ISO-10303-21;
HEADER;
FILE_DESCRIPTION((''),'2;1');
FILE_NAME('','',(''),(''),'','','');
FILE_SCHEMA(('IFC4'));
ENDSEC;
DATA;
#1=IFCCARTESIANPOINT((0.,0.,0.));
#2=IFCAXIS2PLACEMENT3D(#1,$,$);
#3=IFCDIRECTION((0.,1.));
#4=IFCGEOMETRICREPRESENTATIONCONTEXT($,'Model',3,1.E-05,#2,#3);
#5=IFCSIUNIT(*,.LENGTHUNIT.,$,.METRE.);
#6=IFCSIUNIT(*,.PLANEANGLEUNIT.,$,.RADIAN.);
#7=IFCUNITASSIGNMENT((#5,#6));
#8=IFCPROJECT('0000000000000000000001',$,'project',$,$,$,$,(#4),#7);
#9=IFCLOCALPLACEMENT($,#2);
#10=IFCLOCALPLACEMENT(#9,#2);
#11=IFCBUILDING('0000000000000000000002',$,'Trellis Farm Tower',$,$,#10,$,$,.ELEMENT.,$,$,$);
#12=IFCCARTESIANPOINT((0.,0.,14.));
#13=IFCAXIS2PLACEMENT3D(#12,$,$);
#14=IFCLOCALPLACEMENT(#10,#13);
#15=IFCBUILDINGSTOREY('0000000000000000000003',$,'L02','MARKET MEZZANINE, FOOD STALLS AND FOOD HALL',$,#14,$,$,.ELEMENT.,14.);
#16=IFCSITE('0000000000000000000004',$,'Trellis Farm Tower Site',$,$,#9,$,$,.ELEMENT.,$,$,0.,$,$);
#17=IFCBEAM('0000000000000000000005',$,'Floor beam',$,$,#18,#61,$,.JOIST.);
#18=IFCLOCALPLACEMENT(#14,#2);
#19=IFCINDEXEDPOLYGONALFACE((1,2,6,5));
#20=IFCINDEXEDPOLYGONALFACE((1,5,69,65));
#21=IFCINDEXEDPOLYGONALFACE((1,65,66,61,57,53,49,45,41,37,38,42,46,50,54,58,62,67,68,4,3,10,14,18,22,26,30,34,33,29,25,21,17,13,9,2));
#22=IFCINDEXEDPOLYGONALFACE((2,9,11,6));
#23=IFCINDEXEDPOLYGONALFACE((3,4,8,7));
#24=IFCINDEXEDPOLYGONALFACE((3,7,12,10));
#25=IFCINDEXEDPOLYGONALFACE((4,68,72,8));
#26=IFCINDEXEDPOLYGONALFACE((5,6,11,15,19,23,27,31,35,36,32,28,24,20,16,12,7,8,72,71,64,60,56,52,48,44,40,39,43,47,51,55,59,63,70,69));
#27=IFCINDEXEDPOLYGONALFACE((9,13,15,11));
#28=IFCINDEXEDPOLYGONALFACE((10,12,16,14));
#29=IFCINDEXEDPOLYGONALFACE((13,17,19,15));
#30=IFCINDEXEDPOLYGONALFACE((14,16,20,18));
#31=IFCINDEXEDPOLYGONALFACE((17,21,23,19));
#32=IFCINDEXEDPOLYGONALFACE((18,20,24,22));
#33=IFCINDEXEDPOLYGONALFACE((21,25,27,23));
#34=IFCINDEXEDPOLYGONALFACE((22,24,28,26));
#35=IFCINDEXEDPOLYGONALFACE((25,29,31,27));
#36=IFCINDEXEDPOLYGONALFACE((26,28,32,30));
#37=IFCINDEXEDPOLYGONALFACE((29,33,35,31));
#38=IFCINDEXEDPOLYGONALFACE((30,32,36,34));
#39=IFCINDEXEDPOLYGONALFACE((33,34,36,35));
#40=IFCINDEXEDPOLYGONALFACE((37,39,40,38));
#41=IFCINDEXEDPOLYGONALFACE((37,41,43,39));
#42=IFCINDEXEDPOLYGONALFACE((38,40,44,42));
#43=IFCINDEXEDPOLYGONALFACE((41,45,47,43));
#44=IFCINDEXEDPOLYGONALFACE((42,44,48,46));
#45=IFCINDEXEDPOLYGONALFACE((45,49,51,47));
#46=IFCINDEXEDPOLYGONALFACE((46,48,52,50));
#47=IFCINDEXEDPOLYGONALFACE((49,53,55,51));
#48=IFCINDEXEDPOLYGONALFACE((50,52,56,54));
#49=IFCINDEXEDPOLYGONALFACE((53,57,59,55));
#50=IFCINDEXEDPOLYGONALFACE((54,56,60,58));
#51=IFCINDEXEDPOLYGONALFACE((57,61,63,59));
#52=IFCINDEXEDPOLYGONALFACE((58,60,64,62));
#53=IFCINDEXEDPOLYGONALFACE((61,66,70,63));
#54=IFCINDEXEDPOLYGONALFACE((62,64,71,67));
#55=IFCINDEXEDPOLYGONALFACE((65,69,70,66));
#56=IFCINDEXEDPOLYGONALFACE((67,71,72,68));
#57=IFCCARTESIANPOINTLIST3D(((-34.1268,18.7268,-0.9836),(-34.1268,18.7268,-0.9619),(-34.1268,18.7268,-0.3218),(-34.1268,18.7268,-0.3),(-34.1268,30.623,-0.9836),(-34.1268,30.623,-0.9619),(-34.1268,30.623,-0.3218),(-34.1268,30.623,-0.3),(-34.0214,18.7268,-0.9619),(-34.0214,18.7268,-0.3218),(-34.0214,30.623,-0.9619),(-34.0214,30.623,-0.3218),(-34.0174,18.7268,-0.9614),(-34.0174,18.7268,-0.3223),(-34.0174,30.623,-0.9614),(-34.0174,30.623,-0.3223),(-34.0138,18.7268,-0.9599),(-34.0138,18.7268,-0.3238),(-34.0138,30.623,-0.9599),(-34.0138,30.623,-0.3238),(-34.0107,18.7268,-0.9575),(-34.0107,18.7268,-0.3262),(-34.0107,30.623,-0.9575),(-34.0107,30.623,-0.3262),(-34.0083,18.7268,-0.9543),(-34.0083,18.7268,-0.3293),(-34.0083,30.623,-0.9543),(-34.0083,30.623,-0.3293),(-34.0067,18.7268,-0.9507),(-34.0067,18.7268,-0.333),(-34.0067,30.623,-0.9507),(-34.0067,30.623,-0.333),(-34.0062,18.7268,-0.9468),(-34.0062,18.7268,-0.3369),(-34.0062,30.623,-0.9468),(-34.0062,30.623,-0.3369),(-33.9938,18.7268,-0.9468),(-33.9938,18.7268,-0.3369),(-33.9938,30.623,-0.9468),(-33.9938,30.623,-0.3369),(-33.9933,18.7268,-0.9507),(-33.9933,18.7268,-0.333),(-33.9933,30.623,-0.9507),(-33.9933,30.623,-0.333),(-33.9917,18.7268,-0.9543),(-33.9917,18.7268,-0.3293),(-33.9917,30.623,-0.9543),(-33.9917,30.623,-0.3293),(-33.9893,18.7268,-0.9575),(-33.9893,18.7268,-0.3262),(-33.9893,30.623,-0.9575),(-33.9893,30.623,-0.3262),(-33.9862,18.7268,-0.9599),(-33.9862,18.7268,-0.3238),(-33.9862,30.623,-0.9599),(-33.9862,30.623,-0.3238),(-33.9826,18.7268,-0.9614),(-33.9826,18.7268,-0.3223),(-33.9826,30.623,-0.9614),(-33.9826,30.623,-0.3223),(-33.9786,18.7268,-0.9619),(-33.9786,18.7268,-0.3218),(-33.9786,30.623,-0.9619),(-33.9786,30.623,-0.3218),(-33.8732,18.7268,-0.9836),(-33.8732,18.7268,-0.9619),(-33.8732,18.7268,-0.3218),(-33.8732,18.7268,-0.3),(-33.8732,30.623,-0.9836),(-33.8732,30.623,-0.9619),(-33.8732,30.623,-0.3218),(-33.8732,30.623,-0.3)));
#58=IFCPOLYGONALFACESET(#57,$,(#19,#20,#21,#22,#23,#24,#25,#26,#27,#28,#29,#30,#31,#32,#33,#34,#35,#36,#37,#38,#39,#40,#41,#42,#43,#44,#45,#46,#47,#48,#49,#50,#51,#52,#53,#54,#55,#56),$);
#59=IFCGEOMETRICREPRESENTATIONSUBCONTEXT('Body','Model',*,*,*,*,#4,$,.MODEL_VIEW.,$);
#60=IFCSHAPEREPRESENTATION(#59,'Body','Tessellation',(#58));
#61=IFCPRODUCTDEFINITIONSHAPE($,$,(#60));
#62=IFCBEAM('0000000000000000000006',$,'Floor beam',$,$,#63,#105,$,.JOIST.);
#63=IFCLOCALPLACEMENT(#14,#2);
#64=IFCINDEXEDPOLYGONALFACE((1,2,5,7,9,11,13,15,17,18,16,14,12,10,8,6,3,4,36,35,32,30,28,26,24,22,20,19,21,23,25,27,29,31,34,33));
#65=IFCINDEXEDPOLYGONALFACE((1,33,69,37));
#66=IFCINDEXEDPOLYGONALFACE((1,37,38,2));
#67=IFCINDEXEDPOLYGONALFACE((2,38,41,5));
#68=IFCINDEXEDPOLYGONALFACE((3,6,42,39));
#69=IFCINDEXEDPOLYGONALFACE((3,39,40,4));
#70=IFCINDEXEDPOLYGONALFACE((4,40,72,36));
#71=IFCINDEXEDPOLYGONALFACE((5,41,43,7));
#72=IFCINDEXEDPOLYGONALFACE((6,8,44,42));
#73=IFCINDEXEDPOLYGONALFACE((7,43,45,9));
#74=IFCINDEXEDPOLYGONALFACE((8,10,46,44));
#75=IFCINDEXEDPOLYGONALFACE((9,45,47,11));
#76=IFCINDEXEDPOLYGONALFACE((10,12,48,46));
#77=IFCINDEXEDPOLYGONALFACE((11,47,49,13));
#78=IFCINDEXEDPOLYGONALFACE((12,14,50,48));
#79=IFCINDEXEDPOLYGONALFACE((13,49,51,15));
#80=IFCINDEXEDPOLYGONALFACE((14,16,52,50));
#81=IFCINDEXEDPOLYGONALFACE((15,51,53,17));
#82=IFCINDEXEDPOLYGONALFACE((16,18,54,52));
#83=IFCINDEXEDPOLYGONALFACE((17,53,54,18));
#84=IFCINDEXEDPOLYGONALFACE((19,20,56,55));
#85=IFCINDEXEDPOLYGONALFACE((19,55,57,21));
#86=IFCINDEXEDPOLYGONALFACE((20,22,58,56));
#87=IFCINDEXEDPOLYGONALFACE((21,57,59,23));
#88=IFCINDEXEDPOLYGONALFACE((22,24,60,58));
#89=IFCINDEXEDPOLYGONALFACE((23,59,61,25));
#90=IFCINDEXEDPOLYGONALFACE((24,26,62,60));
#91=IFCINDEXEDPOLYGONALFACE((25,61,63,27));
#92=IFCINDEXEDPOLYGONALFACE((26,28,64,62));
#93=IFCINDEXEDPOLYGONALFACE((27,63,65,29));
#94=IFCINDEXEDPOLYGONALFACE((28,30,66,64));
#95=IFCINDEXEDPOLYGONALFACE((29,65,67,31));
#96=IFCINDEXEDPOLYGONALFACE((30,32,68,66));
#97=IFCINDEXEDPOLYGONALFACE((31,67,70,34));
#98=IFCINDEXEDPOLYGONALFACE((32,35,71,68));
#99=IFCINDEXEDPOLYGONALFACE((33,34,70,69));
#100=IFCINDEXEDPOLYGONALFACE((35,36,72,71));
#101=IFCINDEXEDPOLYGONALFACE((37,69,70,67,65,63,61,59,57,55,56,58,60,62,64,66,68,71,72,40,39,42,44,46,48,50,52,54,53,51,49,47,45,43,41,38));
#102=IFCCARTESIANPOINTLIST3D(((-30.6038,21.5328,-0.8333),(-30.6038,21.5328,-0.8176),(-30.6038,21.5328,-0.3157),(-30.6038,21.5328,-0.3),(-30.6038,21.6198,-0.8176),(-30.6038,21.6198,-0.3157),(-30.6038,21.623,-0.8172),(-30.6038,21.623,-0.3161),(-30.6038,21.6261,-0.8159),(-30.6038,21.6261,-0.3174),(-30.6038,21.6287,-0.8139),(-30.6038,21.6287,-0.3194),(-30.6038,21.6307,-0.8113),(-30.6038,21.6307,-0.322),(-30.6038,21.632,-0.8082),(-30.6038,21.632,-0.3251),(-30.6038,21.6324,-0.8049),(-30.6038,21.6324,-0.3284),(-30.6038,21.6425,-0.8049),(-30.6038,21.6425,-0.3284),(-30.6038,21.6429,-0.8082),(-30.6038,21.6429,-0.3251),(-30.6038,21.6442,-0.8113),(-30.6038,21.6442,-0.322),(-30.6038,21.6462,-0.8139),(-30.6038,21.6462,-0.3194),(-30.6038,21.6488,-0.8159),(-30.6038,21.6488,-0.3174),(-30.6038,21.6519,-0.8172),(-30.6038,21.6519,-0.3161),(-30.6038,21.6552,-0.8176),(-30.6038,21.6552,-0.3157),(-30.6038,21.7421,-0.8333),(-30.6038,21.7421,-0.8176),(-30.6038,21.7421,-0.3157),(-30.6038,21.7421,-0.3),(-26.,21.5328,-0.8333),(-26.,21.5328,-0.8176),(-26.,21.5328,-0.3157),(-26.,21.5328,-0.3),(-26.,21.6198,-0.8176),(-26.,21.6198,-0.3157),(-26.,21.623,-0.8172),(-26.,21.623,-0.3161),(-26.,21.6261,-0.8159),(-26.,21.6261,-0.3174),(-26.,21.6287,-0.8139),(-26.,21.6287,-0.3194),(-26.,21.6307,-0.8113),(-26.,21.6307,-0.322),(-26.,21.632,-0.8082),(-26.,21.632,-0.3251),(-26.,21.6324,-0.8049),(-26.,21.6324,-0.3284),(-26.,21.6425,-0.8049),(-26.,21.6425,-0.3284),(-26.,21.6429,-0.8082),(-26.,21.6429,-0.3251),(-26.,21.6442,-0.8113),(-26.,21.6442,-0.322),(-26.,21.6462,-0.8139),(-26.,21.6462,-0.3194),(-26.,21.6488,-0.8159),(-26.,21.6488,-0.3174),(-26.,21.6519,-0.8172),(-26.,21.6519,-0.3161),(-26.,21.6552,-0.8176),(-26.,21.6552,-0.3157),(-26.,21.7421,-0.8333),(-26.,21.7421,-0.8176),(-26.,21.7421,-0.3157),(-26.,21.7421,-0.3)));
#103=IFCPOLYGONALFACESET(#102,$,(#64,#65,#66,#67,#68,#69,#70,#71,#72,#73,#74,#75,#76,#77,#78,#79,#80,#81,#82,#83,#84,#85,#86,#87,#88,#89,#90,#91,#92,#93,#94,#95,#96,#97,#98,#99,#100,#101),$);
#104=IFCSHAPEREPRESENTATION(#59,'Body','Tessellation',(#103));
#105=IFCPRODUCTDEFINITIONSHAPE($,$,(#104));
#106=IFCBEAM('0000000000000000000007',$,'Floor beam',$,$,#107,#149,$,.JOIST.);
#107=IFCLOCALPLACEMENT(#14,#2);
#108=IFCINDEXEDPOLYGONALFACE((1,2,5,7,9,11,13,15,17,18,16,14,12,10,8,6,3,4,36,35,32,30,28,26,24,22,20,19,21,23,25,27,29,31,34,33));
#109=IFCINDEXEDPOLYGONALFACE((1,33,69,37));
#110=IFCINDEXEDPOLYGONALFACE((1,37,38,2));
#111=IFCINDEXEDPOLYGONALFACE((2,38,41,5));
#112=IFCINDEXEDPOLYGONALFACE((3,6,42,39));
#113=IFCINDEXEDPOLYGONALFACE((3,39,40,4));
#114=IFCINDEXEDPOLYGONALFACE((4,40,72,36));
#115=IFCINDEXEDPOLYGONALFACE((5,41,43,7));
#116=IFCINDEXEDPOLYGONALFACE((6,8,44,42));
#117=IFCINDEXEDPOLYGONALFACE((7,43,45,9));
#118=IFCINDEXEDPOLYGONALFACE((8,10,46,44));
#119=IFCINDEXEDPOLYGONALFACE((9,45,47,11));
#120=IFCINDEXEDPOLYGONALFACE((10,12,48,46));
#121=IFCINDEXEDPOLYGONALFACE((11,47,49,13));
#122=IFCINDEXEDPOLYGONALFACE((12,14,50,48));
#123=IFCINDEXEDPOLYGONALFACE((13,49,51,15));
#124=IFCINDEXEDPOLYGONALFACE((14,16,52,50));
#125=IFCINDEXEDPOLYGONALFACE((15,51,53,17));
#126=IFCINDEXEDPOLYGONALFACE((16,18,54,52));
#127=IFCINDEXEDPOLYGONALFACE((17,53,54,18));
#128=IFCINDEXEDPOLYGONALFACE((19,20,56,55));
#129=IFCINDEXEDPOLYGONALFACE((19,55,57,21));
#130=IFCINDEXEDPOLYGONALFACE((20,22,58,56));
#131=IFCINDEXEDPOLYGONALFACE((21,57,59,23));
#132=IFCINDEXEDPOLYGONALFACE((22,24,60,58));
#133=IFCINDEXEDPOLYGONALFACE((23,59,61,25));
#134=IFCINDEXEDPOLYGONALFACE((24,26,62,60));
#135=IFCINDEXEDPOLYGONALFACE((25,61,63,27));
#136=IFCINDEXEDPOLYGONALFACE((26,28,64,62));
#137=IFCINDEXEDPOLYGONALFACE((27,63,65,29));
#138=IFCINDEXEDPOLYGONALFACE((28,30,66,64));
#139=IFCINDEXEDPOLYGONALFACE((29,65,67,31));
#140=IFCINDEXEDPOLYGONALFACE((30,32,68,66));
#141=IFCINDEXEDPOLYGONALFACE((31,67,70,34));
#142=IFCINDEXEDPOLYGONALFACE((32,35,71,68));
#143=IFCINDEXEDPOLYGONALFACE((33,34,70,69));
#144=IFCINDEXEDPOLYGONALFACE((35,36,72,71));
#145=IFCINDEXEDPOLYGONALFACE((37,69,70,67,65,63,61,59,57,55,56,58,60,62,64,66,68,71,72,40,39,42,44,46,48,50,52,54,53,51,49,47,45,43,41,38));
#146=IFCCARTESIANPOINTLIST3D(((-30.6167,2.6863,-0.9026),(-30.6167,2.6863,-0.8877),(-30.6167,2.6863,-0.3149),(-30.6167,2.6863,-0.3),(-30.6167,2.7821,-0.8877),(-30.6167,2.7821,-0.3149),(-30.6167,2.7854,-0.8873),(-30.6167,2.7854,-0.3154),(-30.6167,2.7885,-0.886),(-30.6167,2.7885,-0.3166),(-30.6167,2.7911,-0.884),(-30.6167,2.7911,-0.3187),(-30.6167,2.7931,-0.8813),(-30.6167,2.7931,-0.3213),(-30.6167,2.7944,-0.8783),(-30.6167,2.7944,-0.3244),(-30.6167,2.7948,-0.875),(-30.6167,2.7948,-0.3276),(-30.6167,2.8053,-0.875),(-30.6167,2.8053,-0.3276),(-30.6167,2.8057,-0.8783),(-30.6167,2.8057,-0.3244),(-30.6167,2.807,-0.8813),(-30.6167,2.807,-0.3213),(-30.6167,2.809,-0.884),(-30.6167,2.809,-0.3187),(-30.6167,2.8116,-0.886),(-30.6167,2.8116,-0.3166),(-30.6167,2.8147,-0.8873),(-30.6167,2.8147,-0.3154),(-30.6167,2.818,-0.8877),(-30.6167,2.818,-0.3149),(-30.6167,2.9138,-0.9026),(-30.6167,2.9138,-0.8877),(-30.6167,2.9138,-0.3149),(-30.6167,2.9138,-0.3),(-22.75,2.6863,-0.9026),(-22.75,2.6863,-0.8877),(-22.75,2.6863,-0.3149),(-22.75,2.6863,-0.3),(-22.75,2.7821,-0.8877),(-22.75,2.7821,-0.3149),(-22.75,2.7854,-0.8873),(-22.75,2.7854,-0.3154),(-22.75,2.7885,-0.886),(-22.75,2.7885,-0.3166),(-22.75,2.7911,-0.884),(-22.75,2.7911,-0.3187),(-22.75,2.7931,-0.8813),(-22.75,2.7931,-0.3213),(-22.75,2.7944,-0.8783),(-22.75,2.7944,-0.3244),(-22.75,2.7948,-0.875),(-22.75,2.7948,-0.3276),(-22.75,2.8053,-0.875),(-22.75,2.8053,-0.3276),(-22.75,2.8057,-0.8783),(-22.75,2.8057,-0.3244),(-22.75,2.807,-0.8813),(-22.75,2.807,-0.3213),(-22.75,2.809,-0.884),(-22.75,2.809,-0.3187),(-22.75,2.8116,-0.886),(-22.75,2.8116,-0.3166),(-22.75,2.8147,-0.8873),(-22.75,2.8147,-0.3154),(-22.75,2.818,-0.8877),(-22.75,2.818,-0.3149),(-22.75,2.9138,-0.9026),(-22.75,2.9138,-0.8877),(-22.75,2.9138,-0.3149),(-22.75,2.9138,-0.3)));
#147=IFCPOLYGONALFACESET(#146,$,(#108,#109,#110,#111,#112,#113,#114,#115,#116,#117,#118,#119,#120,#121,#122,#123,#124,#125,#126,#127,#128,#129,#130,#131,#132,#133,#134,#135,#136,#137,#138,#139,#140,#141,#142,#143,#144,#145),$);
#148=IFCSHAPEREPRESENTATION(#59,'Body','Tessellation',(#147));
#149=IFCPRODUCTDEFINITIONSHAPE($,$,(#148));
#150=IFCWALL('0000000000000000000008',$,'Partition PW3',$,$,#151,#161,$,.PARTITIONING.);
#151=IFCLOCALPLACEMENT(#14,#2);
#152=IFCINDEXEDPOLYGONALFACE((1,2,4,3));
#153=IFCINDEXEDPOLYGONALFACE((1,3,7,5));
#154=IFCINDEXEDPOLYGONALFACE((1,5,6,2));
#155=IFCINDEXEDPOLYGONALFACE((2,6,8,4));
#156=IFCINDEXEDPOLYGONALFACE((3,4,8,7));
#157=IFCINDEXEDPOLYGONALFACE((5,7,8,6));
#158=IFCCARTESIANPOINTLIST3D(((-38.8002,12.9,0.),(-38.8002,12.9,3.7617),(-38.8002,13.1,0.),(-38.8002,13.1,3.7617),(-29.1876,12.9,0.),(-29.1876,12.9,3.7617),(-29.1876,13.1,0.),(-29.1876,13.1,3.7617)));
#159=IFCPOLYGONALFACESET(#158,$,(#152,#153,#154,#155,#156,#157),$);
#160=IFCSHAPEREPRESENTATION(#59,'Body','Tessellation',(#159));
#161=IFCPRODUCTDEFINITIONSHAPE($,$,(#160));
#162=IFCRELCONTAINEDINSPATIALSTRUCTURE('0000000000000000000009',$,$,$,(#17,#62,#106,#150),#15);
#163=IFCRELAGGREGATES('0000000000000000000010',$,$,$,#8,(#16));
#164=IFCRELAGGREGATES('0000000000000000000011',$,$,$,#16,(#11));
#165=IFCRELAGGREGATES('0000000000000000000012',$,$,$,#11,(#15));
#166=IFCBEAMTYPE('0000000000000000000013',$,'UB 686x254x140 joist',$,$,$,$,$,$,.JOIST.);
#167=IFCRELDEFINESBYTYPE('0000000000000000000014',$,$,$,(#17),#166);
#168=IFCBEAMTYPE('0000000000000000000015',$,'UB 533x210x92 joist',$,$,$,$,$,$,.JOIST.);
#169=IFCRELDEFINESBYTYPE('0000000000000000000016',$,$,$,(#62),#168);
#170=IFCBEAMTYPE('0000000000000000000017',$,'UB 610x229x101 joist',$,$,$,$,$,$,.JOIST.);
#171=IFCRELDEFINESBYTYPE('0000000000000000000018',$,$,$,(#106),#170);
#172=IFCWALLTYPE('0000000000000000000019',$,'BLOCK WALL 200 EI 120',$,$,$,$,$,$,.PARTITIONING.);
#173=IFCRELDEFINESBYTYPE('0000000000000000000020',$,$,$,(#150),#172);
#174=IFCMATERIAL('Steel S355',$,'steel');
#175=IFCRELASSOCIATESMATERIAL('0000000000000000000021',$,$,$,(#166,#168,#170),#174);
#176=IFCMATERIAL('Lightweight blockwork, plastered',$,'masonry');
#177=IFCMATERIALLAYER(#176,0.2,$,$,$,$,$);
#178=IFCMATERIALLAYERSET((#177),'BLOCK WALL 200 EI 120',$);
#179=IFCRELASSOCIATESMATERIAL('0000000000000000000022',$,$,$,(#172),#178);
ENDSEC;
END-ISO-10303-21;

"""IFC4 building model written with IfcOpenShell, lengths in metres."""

from ifc_helpers import new_model, si_unit, direction, frame, frame_2d, origin, origin_2d, place, context, subcontext, project, spatial, rectangle, i_section, extrude, source, transform, mapped, material, layer, layer_set, material_profile, profile_set, type_object, element, save


model = new_model("IFC4")

# Units and contexts
model_context = context("Model", 3, precision=1e-05, world=origin(), true_north=direction((0.0, 1.0)))
body_context = subcontext(model_context, "Body", "Model", "MODEL_VIEW")
ifc_project = project(units=[si_unit("LENGTHUNIT", "METRE"), si_unit("PLANEANGLEUNIT", "RADIAN")], contexts=[model_context])

# Site, building, storey
site_placement = place(None, origin())
site = spatial("IfcSite", under=ifc_project, at=site_placement, Name="Trellis Farm Tower Site", CompositionType="ELEMENT", RefElevation=0.0)
building_placement = place(site_placement, origin())
building = spatial("IfcBuilding", under=site, at=building_placement, Name="Trellis Farm Tower", CompositionType="ELEMENT")
storey_placement = place(building_placement, frame((0.0, 0.0, 14.0)))
storey = spatial("IfcBuildingStorey", under=building, at=storey_placement, Name="L02", Description="MARKET MEZZANINE, FOOD STALLS AND FOOD HALL", CompositionType="ELEMENT", Elevation=14.0)

# Beams
ifc_material_1 = material(Name="Steel S355", Category="steel")
ifc_material_profile_1 = material_profile(ifc_material_1, i_section(OverallWidth=0.2537, OverallDepth=0.6836, WebThickness=0.0125, FlangeThickness=0.0217, FilletRadius=0.0151, at=origin_2d()), Name="UB 686x254x140")
ifc_profile_set_1 = profile_set([ifc_material_profile_1], Name="Steel S355")
beam_type_1 = type_object("IfcBeamType", Name="UB 686x254x140 joist", PredefinedType="JOIST", material=ifc_profile_set_1)
shared_shape_1 = source(origin(), body_context, "Body", "SweptSolid", [
    extrude(i_section(OverallWidth=0.2537, OverallDepth=0.6836, WebThickness=0.0125, FlangeThickness=0.0217, FilletRadius=0.0151, at=origin_2d()), origin(), (0.0, 0.0, 1.0), 11.8962),
])
for number, where, z_axis, x_axis, name in (
    (1, (-34.0, 18.7268, -0.6418), (0.0, 1.0, 0.0), (-1.0, 0.0, 0.0), "Floor beam"),
):
    element("IfcBeam", number, at=place(storey_placement, frame(where, z_axis=z_axis, x_axis=x_axis)), inside=storey, type_object=beam_type_1, Name=name, PredefinedType="JOIST", context=body_context, shape_type="MappedRepresentation", body=[
        mapped(shared_shape_1, transform((0.0, 0.0, 0.0))),
    ])
ifc_material_profile_2 = material_profile(ifc_material_1, i_section(OverallWidth=0.2092, OverallDepth=0.5332, WebThickness=0.01, FlangeThickness=0.0156, FilletRadius=0.0127, at=origin_2d()), Name="UB 533x210x92")
ifc_profile_set_2 = profile_set([ifc_material_profile_2], Name="Steel S355")
beam_type_2 = type_object("IfcBeamType", Name="UB 533x210x92 joist", PredefinedType="JOIST", material=ifc_profile_set_2)
shared_shape_2 = source(origin(), body_context, "Body", "SweptSolid", [
    extrude(i_section(OverallWidth=0.2092, OverallDepth=0.5332, WebThickness=0.01, FlangeThickness=0.0156, FilletRadius=0.0127, at=origin_2d()), origin(), (0.0, 0.0, 1.0), 4.6038),
])
beam_1_placement = place(storey_placement, frame((-30.6038, 21.6375, -0.5667), z_axis=(1.0, 0.0, 0.0), x_axis=(0.0, 1.0, 0.0)))
element("IfcBeam", 2, at=beam_1_placement, inside=storey, type_object=beam_type_2, Name="Floor beam", PredefinedType="JOIST", context=body_context, shape_type="MappedRepresentation", body=[
    mapped(shared_shape_2, transform((0.0, 0.0, 0.0))),
])
ifc_material_profile_3 = material_profile(ifc_material_1, i_section(OverallWidth=0.2275, OverallDepth=0.6025, WebThickness=0.0105, FlangeThickness=0.0149, FilletRadius=0.0127, at=origin_2d()), Name="UB 610x229x101")
ifc_profile_set_3 = profile_set([ifc_material_profile_3], Name="Steel S355")
beam_type_3 = type_object("IfcBeamType", Name="UB 610x229x101 joist", PredefinedType="JOIST", material=ifc_profile_set_3)
shared_shape_3 = source(origin(), body_context, "Body", "SweptSolid", [
    extrude(i_section(OverallWidth=0.2275, OverallDepth=0.6025, WebThickness=0.0105, FlangeThickness=0.0149, FilletRadius=0.0127, at=origin_2d()), origin(), (0.0, 0.0, 1.0), 7.8667),
])
beam_2_placement = place(storey_placement, frame((-30.6167, 2.8, -0.6013), z_axis=(1.0, 0.0, 0.0), x_axis=(0.0, 1.0, 0.0)))
element("IfcBeam", 3, at=beam_2_placement, inside=storey, type_object=beam_type_3, Name="Floor beam", PredefinedType="JOIST", context=body_context, shape_type="MappedRepresentation", body=[
    mapped(shared_shape_3, transform((0.0, 0.0, 0.0))),
])

# Wall
ifc_material_2 = material(Name="Lightweight blockwork, plastered", Category="masonry")
ifc_layer = layer(ifc_material_2, 0.2)
ifc_layer_set = layer_set([ifc_layer], Name="BLOCK WALL 200 EI 120")
wall_type = type_object("IfcWallType", Name="BLOCK WALL 200 EI 120", PredefinedType="PARTITIONING", material=ifc_layer_set)
shared_shape_4 = source(origin(), body_context, "Body", "SweptSolid", [
    extrude(rectangle(XDim=9.6125, YDim=0.2, at=frame_2d((4.8062, 0.0))), origin(), (0.0, 0.0, 1.0), 3.7617),
])
wall_placement = place(storey_placement, frame((-38.8, 13.0, 0.0), z_axis=(0.0, 0.0, 1.0), x_axis=(1.0, 0.0, 0.0)))
element("IfcWall", 4, at=wall_placement, inside=storey, type_object=wall_type, Name="Partition PW3", PredefinedType="PARTITIONING", context=body_context, shape_type="MappedRepresentation", body=[
    mapped(shared_shape_4, transform((0.0, 0.0, 0.0))),
])

save(model, "model.ifc")
